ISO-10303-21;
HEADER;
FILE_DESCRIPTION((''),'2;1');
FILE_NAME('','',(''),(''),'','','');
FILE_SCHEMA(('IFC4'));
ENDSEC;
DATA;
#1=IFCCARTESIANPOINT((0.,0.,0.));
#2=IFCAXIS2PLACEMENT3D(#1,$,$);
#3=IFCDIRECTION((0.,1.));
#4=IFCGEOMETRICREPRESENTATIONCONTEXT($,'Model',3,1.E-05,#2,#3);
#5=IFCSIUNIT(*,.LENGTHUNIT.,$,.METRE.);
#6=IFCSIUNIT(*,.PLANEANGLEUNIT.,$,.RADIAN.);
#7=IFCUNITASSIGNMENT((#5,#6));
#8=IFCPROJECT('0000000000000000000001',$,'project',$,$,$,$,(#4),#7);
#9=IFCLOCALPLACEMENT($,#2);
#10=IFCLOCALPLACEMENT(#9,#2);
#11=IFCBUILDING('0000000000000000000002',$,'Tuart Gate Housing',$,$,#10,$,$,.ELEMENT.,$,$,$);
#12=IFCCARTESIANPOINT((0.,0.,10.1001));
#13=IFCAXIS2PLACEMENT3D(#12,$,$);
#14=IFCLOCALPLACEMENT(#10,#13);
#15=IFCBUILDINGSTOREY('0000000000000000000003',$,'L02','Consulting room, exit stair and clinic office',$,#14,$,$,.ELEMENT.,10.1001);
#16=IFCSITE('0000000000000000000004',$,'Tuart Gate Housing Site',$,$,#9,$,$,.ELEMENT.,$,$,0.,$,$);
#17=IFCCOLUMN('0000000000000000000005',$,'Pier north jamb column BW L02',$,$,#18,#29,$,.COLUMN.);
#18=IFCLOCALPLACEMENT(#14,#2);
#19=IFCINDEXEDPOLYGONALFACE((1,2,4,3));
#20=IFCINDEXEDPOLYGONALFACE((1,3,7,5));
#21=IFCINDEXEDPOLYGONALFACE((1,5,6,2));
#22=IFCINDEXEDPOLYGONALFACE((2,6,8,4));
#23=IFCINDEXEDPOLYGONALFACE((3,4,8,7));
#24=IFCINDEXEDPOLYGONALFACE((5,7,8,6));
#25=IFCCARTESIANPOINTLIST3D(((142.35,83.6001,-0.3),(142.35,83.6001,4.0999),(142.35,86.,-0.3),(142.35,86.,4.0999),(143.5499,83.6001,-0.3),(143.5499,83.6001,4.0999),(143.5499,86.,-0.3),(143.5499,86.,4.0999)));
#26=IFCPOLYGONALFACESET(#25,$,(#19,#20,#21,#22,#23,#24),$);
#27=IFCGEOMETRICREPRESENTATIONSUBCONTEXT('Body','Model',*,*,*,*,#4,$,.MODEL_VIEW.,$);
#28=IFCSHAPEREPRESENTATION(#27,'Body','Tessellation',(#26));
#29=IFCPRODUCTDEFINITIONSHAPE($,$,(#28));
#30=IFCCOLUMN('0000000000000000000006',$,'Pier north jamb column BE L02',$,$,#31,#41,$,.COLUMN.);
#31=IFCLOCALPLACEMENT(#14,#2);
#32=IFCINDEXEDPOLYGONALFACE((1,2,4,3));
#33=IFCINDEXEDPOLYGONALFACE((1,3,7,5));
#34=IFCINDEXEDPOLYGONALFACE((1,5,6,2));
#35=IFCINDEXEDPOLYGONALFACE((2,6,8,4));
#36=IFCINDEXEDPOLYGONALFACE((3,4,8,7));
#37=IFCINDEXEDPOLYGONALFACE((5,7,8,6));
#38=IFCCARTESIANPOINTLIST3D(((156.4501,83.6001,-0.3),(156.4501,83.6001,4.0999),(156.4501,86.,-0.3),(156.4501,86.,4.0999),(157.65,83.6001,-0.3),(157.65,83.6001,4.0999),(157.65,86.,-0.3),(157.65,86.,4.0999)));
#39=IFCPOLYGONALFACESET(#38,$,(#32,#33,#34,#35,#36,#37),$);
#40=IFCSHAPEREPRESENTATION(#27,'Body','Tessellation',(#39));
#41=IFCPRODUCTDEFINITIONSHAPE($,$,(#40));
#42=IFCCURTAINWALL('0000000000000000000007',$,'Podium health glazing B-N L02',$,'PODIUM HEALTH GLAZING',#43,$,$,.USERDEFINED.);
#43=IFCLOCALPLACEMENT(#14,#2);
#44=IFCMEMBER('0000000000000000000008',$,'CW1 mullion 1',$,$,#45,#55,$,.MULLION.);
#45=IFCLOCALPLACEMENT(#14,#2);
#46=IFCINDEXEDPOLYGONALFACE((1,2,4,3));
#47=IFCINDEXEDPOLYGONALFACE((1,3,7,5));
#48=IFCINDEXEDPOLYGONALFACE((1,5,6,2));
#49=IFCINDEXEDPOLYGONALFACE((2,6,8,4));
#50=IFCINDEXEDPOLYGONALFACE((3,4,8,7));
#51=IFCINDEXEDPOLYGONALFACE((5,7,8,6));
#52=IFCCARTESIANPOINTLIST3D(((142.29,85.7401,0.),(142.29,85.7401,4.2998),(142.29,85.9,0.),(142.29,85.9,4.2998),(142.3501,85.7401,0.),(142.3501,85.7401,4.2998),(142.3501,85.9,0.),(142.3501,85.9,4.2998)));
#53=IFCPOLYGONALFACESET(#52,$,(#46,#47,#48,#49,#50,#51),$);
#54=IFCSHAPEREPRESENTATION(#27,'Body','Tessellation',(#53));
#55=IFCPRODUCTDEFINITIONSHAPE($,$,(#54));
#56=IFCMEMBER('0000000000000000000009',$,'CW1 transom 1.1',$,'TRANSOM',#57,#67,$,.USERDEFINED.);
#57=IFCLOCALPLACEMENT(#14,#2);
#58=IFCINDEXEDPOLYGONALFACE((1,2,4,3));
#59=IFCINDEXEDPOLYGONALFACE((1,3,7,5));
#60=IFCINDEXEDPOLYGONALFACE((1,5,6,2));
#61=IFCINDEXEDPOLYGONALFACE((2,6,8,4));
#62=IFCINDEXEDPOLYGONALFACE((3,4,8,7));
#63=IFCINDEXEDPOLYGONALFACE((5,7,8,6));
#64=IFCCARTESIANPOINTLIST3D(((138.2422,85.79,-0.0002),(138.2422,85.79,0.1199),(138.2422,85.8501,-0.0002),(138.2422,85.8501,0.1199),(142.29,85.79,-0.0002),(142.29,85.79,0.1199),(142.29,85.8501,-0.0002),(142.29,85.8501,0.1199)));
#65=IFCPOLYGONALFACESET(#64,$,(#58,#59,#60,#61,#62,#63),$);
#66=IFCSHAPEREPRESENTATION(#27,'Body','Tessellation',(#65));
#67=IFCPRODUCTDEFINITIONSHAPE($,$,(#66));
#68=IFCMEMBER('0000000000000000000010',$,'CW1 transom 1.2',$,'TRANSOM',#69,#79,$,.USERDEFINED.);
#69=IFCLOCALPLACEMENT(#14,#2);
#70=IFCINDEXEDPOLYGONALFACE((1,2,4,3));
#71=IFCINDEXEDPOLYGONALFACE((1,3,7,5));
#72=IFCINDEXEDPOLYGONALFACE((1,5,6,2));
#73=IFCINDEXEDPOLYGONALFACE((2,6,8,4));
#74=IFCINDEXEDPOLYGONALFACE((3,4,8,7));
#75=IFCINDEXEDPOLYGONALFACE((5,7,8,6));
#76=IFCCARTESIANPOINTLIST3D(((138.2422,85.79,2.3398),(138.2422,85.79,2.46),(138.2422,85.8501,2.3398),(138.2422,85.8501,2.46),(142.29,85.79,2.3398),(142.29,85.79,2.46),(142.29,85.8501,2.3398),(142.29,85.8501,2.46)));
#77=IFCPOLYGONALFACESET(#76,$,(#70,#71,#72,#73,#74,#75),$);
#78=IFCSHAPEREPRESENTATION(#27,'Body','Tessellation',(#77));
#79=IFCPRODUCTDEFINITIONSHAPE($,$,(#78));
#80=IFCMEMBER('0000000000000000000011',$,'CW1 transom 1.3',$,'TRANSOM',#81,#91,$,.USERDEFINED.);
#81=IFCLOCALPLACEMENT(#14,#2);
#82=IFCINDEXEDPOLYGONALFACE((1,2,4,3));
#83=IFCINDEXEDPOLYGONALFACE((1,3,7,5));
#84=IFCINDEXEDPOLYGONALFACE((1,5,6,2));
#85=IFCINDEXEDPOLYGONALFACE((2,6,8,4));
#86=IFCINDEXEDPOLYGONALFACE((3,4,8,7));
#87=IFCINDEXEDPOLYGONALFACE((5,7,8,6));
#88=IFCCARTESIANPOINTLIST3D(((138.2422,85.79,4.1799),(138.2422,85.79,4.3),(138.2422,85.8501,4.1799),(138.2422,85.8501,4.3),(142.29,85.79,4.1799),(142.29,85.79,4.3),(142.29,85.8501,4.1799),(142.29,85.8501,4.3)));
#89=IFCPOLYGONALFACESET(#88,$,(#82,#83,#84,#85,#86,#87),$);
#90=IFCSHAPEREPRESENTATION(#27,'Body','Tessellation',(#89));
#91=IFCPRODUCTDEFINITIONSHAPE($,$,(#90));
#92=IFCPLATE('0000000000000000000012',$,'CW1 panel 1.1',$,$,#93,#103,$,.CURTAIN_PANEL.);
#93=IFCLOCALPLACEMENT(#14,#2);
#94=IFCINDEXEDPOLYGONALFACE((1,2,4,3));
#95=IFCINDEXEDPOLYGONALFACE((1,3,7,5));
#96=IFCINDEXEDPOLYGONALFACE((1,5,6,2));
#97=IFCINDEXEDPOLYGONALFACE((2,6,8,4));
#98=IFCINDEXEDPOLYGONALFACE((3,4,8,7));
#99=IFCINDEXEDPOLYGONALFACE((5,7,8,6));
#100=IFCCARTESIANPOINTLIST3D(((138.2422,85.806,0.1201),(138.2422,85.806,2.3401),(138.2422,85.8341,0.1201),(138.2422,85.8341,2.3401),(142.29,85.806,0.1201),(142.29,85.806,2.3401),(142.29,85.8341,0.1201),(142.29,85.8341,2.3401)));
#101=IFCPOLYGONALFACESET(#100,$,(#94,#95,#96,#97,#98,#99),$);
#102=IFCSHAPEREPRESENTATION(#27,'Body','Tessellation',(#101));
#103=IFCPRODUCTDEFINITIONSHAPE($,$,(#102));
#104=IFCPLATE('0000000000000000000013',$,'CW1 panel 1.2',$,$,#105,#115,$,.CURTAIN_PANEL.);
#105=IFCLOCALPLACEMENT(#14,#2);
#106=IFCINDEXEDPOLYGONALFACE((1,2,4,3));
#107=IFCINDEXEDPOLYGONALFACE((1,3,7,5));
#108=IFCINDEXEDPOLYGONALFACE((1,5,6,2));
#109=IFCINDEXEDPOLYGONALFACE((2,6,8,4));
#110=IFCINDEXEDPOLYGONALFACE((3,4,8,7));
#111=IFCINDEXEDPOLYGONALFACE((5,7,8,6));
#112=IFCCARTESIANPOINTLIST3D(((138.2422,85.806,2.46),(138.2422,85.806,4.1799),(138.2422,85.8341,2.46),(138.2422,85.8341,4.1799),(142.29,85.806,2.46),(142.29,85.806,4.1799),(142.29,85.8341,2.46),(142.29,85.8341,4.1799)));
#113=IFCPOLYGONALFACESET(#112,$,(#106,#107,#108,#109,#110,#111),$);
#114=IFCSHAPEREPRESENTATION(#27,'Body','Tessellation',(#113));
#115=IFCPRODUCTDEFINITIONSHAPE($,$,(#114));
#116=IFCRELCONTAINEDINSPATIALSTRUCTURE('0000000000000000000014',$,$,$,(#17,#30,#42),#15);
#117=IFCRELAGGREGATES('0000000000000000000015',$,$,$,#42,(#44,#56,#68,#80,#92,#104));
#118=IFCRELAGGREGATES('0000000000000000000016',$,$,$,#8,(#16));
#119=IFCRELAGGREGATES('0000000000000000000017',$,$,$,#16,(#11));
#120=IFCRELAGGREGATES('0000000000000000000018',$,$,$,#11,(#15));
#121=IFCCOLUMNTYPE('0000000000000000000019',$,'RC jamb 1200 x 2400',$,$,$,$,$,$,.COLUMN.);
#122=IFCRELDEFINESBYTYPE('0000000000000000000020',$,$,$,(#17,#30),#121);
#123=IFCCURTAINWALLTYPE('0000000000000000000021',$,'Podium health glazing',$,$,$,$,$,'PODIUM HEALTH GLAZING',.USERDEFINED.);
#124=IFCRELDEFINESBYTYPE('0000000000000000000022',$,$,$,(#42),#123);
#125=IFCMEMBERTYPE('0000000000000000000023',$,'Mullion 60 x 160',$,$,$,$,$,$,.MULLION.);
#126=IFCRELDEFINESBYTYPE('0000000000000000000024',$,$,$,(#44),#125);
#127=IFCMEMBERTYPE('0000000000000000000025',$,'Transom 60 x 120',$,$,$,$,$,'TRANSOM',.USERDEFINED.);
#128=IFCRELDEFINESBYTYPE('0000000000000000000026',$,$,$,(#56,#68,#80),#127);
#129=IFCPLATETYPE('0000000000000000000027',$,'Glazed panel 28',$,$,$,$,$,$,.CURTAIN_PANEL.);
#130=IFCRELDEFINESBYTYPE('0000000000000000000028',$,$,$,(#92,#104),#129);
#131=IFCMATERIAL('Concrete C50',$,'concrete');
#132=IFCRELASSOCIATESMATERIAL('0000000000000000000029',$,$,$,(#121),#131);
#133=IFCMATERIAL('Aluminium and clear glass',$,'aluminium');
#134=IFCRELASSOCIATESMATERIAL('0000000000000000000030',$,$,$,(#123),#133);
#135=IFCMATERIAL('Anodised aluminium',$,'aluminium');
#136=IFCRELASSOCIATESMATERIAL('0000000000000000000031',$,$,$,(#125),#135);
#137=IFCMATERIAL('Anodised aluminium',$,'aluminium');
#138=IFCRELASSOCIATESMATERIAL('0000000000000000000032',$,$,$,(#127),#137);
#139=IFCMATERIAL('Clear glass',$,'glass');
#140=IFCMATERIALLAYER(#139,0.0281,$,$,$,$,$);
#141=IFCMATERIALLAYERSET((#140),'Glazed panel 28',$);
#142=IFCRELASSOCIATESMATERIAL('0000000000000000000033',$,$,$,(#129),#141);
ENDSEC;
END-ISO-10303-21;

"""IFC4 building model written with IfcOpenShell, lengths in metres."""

from ifc_helpers import new_model, si_unit, direction, frame, origin, origin_2d, place, context, subcontext, project, spatial, rectangle, extrude, material, layer, layer_set, material_profile, profile_set, type_object, element, aggregate, save


model = new_model("IFC4")

# Units and contexts
model_context = context("Model", 3, precision=1e-05, world=origin(), true_north=direction((0.0, 1.0)))
body_context = subcontext(model_context, "Body", "Model", "MODEL_VIEW")
ifc_project = project(units=[si_unit("LENGTHUNIT", "METRE"), si_unit("PLANEANGLEUNIT", "RADIAN")], contexts=[model_context])

# Site, building, storey
site_placement = place(None, origin())
site = spatial("IfcSite", under=ifc_project, at=site_placement, Name="Tuart Gate Housing Site", CompositionType="ELEMENT", RefElevation=0.0)
building_placement = place(site_placement, origin())
building = spatial("IfcBuilding", under=site, at=building_placement, Name="Tuart Gate Housing", CompositionType="ELEMENT")
storey_placement = place(building_placement, frame((0.0, 0.0, 10.1001)))
storey = spatial("IfcBuildingStorey", under=building, at=storey_placement, Name="L02", Description="Consulting room, exit stair and clinic office", CompositionType="ELEMENT", Elevation=10.1001)

# Columns
ifc_material_1 = material(Name="Concrete C50", Category="concrete")
ifc_material_profile_1 = material_profile(ifc_material_1, rectangle(XDim=1.2, YDim=2.3999, at=origin_2d()), Name="RC jamb 1200 x 2400")
ifc_profile_set_1 = profile_set([ifc_material_profile_1], Name="Concrete C50")
column_type = type_object("IfcColumnType", Name="RC jamb 1200 x 2400", PredefinedType="COLUMN", material=ifc_profile_set_1)
for number, where, z_axis, x_axis, name in (
    (1, (142.95, 84.8, -0.3), (0.0, 0.0, 1.0), (1.0, 0.0, 0.0), "Pier north jamb column BW L02"),
    (2, (157.05, 84.8, -0.3), (0.0, 0.0, 1.0), (1.0, 0.0, 0.0), "Pier north jamb column BE L02"),
):
    element("IfcColumn", number, at=place(storey_placement, frame(where, z_axis=z_axis, x_axis=x_axis)), inside=storey, type_object=column_type, Name=name, PredefinedType="COLUMN", context=body_context, shape_type="SweptSolid", body=[
        extrude(rectangle(XDim=1.2, YDim=2.3999, at=origin_2d()), origin(), (0.0, 0.0, 1.0), 4.3999),
    ])

# Curtain wall, members, plates
ifc_material_2 = material(Name="Aluminium and clear glass", Category="aluminium")
curtain_wall_type = type_object("IfcCurtainWallType", Name="Podium health glazing", ElementType="PODIUM HEALTH GLAZING", PredefinedType="USERDEFINED", material=ifc_material_2)
curtain_wall_placement = place(storey_placement, origin())
curtain_wall = element("IfcCurtainWall", 3, at=curtain_wall_placement, inside=storey, type_object=curtain_wall_type, Name="Podium health glazing B-N L02", ObjectType="PODIUM HEALTH GLAZING", PredefinedType="USERDEFINED")
ifc_material_3 = material(Name="Anodised aluminium", Category="aluminium")
ifc_material_profile_2 = material_profile(ifc_material_3, rectangle(XDim=0.0601, YDim=0.1599, at=origin_2d()), Name="60x160")
ifc_profile_set_2 = profile_set([ifc_material_profile_2], Name="Anodised aluminium")
member_type_1 = type_object("IfcMemberType", Name="Mullion 60 x 160", PredefinedType="MULLION", material=ifc_profile_set_2)
member_1_placement = place(storey_placement, frame((142.3201, 85.8201, 0.0), z_axis=(0.0, 0.0, 1.0), x_axis=(-1.0, 0.0, 0.0)))
member_1 = element("IfcMember", 4, at=member_1_placement, type_object=member_type_1, Name="CW1 mullion 1", PredefinedType="MULLION", context=body_context, shape_type="SweptSolid", body=[
    extrude(rectangle(XDim=0.0601, YDim=0.1599, at=origin_2d()), origin(), (0.0, 0.0, 1.0), 4.2998),
])
ifc_material_4 = material(Name="Anodised aluminium", Category="aluminium")
ifc_material_profile_3 = material_profile(ifc_material_4, rectangle(XDim=0.0601, YDim=0.1201, at=origin_2d()), Name="60x120")
ifc_profile_set_3 = profile_set([ifc_material_profile_3], Name="Anodised aluminium")
member_type_2 = type_object("IfcMemberType", Name="Transom 60 x 120", ElementType="TRANSOM", PredefinedType="USERDEFINED", material=ifc_profile_set_3)
member_2_placement = place(storey_placement, frame((142.29, 85.8201, 0.0598), z_axis=(-1.0, 0.0, 0.0), x_axis=(0.0, -1.0, 0.0)))
member_2 = element("IfcMember", 5, at=member_2_placement, type_object=member_type_2, Name="CW1 transom 1.1", ObjectType="TRANSOM", PredefinedType="USERDEFINED", context=body_context, shape_type="SweptSolid", body=[
    extrude(rectangle(XDim=0.0601, YDim=0.1201, at=origin_2d()), origin(), (0.0, 0.0, 1.0), 4.0479),
])
member_3_placement = place(storey_placement, frame((142.29, 85.8201, 2.3999), z_axis=(-1.0, 0.0, 0.0), x_axis=(0.0, -1.0, 0.0)))
member_3 = element("IfcMember", 6, at=member_3_placement, type_object=member_type_2, Name="CW1 transom 1.2", ObjectType="TRANSOM", PredefinedType="USERDEFINED", context=body_context, shape_type="SweptSolid", body=[
    extrude(rectangle(XDim=0.0601, YDim=0.1201, at=origin_2d()), origin(), (0.0, 0.0, 1.0), 4.0479),
])
member_4_placement = place(storey_placement, frame((142.29, 85.8201, 4.24), z_axis=(-1.0, 0.0, 0.0), x_axis=(0.0, -1.0, 0.0)))
member_4 = element("IfcMember", 7, at=member_4_placement, type_object=member_type_2, Name="CW1 transom 1.3", ObjectType="TRANSOM", PredefinedType="USERDEFINED", context=body_context, shape_type="SweptSolid", body=[
    extrude(rectangle(XDim=0.0601, YDim=0.1201, at=origin_2d()), origin(), (0.0, 0.0, 1.0), 4.0479),
])
ifc_material_5 = material(Name="Clear glass", Category="glass")
ifc_layer_1 = layer(ifc_material_5, 0.0281)
ifc_layer_set_1 = layer_set([ifc_layer_1], Name="Glazed panel 28")
plate_type = type_object("IfcPlateType", Name="Glazed panel 28", PredefinedType="CURTAIN_PANEL", material=ifc_layer_set_1)
plate_1_placement = place(storey_placement, frame((140.2661, 85.8201, 0.1201), z_axis=(0.0, 0.0, 1.0), x_axis=(-1.0, 0.0, 0.0)))
plate_1 = element("IfcPlate", 8, at=plate_1_placement, type_object=plate_type, Name="CW1 panel 1.1", PredefinedType="CURTAIN_PANEL", context=body_context, shape_type="SweptSolid", body=[
    extrude(rectangle(XDim=4.0479, YDim=0.0281, at=origin_2d()), origin(), (0.0, 0.0, 1.0), 2.22),
])
plate_2_placement = place(storey_placement, frame((140.2661, 85.8201, 2.46), z_axis=(0.0, 0.0, 1.0), x_axis=(-1.0, 0.0, 0.0)))
plate_2 = element("IfcPlate", 9, at=plate_2_placement, type_object=plate_type, Name="CW1 panel 1.2", PredefinedType="CURTAIN_PANEL", context=body_context, shape_type="SweptSolid", body=[
    extrude(rectangle(XDim=4.0479, YDim=0.0281, at=origin_2d()), origin(), (0.0, 0.0, 1.0), 1.72),
])
aggregate(curtain_wall, [member_1, member_2, member_3, member_4, plate_1, plate_2])

save(model, "model.ifc")
